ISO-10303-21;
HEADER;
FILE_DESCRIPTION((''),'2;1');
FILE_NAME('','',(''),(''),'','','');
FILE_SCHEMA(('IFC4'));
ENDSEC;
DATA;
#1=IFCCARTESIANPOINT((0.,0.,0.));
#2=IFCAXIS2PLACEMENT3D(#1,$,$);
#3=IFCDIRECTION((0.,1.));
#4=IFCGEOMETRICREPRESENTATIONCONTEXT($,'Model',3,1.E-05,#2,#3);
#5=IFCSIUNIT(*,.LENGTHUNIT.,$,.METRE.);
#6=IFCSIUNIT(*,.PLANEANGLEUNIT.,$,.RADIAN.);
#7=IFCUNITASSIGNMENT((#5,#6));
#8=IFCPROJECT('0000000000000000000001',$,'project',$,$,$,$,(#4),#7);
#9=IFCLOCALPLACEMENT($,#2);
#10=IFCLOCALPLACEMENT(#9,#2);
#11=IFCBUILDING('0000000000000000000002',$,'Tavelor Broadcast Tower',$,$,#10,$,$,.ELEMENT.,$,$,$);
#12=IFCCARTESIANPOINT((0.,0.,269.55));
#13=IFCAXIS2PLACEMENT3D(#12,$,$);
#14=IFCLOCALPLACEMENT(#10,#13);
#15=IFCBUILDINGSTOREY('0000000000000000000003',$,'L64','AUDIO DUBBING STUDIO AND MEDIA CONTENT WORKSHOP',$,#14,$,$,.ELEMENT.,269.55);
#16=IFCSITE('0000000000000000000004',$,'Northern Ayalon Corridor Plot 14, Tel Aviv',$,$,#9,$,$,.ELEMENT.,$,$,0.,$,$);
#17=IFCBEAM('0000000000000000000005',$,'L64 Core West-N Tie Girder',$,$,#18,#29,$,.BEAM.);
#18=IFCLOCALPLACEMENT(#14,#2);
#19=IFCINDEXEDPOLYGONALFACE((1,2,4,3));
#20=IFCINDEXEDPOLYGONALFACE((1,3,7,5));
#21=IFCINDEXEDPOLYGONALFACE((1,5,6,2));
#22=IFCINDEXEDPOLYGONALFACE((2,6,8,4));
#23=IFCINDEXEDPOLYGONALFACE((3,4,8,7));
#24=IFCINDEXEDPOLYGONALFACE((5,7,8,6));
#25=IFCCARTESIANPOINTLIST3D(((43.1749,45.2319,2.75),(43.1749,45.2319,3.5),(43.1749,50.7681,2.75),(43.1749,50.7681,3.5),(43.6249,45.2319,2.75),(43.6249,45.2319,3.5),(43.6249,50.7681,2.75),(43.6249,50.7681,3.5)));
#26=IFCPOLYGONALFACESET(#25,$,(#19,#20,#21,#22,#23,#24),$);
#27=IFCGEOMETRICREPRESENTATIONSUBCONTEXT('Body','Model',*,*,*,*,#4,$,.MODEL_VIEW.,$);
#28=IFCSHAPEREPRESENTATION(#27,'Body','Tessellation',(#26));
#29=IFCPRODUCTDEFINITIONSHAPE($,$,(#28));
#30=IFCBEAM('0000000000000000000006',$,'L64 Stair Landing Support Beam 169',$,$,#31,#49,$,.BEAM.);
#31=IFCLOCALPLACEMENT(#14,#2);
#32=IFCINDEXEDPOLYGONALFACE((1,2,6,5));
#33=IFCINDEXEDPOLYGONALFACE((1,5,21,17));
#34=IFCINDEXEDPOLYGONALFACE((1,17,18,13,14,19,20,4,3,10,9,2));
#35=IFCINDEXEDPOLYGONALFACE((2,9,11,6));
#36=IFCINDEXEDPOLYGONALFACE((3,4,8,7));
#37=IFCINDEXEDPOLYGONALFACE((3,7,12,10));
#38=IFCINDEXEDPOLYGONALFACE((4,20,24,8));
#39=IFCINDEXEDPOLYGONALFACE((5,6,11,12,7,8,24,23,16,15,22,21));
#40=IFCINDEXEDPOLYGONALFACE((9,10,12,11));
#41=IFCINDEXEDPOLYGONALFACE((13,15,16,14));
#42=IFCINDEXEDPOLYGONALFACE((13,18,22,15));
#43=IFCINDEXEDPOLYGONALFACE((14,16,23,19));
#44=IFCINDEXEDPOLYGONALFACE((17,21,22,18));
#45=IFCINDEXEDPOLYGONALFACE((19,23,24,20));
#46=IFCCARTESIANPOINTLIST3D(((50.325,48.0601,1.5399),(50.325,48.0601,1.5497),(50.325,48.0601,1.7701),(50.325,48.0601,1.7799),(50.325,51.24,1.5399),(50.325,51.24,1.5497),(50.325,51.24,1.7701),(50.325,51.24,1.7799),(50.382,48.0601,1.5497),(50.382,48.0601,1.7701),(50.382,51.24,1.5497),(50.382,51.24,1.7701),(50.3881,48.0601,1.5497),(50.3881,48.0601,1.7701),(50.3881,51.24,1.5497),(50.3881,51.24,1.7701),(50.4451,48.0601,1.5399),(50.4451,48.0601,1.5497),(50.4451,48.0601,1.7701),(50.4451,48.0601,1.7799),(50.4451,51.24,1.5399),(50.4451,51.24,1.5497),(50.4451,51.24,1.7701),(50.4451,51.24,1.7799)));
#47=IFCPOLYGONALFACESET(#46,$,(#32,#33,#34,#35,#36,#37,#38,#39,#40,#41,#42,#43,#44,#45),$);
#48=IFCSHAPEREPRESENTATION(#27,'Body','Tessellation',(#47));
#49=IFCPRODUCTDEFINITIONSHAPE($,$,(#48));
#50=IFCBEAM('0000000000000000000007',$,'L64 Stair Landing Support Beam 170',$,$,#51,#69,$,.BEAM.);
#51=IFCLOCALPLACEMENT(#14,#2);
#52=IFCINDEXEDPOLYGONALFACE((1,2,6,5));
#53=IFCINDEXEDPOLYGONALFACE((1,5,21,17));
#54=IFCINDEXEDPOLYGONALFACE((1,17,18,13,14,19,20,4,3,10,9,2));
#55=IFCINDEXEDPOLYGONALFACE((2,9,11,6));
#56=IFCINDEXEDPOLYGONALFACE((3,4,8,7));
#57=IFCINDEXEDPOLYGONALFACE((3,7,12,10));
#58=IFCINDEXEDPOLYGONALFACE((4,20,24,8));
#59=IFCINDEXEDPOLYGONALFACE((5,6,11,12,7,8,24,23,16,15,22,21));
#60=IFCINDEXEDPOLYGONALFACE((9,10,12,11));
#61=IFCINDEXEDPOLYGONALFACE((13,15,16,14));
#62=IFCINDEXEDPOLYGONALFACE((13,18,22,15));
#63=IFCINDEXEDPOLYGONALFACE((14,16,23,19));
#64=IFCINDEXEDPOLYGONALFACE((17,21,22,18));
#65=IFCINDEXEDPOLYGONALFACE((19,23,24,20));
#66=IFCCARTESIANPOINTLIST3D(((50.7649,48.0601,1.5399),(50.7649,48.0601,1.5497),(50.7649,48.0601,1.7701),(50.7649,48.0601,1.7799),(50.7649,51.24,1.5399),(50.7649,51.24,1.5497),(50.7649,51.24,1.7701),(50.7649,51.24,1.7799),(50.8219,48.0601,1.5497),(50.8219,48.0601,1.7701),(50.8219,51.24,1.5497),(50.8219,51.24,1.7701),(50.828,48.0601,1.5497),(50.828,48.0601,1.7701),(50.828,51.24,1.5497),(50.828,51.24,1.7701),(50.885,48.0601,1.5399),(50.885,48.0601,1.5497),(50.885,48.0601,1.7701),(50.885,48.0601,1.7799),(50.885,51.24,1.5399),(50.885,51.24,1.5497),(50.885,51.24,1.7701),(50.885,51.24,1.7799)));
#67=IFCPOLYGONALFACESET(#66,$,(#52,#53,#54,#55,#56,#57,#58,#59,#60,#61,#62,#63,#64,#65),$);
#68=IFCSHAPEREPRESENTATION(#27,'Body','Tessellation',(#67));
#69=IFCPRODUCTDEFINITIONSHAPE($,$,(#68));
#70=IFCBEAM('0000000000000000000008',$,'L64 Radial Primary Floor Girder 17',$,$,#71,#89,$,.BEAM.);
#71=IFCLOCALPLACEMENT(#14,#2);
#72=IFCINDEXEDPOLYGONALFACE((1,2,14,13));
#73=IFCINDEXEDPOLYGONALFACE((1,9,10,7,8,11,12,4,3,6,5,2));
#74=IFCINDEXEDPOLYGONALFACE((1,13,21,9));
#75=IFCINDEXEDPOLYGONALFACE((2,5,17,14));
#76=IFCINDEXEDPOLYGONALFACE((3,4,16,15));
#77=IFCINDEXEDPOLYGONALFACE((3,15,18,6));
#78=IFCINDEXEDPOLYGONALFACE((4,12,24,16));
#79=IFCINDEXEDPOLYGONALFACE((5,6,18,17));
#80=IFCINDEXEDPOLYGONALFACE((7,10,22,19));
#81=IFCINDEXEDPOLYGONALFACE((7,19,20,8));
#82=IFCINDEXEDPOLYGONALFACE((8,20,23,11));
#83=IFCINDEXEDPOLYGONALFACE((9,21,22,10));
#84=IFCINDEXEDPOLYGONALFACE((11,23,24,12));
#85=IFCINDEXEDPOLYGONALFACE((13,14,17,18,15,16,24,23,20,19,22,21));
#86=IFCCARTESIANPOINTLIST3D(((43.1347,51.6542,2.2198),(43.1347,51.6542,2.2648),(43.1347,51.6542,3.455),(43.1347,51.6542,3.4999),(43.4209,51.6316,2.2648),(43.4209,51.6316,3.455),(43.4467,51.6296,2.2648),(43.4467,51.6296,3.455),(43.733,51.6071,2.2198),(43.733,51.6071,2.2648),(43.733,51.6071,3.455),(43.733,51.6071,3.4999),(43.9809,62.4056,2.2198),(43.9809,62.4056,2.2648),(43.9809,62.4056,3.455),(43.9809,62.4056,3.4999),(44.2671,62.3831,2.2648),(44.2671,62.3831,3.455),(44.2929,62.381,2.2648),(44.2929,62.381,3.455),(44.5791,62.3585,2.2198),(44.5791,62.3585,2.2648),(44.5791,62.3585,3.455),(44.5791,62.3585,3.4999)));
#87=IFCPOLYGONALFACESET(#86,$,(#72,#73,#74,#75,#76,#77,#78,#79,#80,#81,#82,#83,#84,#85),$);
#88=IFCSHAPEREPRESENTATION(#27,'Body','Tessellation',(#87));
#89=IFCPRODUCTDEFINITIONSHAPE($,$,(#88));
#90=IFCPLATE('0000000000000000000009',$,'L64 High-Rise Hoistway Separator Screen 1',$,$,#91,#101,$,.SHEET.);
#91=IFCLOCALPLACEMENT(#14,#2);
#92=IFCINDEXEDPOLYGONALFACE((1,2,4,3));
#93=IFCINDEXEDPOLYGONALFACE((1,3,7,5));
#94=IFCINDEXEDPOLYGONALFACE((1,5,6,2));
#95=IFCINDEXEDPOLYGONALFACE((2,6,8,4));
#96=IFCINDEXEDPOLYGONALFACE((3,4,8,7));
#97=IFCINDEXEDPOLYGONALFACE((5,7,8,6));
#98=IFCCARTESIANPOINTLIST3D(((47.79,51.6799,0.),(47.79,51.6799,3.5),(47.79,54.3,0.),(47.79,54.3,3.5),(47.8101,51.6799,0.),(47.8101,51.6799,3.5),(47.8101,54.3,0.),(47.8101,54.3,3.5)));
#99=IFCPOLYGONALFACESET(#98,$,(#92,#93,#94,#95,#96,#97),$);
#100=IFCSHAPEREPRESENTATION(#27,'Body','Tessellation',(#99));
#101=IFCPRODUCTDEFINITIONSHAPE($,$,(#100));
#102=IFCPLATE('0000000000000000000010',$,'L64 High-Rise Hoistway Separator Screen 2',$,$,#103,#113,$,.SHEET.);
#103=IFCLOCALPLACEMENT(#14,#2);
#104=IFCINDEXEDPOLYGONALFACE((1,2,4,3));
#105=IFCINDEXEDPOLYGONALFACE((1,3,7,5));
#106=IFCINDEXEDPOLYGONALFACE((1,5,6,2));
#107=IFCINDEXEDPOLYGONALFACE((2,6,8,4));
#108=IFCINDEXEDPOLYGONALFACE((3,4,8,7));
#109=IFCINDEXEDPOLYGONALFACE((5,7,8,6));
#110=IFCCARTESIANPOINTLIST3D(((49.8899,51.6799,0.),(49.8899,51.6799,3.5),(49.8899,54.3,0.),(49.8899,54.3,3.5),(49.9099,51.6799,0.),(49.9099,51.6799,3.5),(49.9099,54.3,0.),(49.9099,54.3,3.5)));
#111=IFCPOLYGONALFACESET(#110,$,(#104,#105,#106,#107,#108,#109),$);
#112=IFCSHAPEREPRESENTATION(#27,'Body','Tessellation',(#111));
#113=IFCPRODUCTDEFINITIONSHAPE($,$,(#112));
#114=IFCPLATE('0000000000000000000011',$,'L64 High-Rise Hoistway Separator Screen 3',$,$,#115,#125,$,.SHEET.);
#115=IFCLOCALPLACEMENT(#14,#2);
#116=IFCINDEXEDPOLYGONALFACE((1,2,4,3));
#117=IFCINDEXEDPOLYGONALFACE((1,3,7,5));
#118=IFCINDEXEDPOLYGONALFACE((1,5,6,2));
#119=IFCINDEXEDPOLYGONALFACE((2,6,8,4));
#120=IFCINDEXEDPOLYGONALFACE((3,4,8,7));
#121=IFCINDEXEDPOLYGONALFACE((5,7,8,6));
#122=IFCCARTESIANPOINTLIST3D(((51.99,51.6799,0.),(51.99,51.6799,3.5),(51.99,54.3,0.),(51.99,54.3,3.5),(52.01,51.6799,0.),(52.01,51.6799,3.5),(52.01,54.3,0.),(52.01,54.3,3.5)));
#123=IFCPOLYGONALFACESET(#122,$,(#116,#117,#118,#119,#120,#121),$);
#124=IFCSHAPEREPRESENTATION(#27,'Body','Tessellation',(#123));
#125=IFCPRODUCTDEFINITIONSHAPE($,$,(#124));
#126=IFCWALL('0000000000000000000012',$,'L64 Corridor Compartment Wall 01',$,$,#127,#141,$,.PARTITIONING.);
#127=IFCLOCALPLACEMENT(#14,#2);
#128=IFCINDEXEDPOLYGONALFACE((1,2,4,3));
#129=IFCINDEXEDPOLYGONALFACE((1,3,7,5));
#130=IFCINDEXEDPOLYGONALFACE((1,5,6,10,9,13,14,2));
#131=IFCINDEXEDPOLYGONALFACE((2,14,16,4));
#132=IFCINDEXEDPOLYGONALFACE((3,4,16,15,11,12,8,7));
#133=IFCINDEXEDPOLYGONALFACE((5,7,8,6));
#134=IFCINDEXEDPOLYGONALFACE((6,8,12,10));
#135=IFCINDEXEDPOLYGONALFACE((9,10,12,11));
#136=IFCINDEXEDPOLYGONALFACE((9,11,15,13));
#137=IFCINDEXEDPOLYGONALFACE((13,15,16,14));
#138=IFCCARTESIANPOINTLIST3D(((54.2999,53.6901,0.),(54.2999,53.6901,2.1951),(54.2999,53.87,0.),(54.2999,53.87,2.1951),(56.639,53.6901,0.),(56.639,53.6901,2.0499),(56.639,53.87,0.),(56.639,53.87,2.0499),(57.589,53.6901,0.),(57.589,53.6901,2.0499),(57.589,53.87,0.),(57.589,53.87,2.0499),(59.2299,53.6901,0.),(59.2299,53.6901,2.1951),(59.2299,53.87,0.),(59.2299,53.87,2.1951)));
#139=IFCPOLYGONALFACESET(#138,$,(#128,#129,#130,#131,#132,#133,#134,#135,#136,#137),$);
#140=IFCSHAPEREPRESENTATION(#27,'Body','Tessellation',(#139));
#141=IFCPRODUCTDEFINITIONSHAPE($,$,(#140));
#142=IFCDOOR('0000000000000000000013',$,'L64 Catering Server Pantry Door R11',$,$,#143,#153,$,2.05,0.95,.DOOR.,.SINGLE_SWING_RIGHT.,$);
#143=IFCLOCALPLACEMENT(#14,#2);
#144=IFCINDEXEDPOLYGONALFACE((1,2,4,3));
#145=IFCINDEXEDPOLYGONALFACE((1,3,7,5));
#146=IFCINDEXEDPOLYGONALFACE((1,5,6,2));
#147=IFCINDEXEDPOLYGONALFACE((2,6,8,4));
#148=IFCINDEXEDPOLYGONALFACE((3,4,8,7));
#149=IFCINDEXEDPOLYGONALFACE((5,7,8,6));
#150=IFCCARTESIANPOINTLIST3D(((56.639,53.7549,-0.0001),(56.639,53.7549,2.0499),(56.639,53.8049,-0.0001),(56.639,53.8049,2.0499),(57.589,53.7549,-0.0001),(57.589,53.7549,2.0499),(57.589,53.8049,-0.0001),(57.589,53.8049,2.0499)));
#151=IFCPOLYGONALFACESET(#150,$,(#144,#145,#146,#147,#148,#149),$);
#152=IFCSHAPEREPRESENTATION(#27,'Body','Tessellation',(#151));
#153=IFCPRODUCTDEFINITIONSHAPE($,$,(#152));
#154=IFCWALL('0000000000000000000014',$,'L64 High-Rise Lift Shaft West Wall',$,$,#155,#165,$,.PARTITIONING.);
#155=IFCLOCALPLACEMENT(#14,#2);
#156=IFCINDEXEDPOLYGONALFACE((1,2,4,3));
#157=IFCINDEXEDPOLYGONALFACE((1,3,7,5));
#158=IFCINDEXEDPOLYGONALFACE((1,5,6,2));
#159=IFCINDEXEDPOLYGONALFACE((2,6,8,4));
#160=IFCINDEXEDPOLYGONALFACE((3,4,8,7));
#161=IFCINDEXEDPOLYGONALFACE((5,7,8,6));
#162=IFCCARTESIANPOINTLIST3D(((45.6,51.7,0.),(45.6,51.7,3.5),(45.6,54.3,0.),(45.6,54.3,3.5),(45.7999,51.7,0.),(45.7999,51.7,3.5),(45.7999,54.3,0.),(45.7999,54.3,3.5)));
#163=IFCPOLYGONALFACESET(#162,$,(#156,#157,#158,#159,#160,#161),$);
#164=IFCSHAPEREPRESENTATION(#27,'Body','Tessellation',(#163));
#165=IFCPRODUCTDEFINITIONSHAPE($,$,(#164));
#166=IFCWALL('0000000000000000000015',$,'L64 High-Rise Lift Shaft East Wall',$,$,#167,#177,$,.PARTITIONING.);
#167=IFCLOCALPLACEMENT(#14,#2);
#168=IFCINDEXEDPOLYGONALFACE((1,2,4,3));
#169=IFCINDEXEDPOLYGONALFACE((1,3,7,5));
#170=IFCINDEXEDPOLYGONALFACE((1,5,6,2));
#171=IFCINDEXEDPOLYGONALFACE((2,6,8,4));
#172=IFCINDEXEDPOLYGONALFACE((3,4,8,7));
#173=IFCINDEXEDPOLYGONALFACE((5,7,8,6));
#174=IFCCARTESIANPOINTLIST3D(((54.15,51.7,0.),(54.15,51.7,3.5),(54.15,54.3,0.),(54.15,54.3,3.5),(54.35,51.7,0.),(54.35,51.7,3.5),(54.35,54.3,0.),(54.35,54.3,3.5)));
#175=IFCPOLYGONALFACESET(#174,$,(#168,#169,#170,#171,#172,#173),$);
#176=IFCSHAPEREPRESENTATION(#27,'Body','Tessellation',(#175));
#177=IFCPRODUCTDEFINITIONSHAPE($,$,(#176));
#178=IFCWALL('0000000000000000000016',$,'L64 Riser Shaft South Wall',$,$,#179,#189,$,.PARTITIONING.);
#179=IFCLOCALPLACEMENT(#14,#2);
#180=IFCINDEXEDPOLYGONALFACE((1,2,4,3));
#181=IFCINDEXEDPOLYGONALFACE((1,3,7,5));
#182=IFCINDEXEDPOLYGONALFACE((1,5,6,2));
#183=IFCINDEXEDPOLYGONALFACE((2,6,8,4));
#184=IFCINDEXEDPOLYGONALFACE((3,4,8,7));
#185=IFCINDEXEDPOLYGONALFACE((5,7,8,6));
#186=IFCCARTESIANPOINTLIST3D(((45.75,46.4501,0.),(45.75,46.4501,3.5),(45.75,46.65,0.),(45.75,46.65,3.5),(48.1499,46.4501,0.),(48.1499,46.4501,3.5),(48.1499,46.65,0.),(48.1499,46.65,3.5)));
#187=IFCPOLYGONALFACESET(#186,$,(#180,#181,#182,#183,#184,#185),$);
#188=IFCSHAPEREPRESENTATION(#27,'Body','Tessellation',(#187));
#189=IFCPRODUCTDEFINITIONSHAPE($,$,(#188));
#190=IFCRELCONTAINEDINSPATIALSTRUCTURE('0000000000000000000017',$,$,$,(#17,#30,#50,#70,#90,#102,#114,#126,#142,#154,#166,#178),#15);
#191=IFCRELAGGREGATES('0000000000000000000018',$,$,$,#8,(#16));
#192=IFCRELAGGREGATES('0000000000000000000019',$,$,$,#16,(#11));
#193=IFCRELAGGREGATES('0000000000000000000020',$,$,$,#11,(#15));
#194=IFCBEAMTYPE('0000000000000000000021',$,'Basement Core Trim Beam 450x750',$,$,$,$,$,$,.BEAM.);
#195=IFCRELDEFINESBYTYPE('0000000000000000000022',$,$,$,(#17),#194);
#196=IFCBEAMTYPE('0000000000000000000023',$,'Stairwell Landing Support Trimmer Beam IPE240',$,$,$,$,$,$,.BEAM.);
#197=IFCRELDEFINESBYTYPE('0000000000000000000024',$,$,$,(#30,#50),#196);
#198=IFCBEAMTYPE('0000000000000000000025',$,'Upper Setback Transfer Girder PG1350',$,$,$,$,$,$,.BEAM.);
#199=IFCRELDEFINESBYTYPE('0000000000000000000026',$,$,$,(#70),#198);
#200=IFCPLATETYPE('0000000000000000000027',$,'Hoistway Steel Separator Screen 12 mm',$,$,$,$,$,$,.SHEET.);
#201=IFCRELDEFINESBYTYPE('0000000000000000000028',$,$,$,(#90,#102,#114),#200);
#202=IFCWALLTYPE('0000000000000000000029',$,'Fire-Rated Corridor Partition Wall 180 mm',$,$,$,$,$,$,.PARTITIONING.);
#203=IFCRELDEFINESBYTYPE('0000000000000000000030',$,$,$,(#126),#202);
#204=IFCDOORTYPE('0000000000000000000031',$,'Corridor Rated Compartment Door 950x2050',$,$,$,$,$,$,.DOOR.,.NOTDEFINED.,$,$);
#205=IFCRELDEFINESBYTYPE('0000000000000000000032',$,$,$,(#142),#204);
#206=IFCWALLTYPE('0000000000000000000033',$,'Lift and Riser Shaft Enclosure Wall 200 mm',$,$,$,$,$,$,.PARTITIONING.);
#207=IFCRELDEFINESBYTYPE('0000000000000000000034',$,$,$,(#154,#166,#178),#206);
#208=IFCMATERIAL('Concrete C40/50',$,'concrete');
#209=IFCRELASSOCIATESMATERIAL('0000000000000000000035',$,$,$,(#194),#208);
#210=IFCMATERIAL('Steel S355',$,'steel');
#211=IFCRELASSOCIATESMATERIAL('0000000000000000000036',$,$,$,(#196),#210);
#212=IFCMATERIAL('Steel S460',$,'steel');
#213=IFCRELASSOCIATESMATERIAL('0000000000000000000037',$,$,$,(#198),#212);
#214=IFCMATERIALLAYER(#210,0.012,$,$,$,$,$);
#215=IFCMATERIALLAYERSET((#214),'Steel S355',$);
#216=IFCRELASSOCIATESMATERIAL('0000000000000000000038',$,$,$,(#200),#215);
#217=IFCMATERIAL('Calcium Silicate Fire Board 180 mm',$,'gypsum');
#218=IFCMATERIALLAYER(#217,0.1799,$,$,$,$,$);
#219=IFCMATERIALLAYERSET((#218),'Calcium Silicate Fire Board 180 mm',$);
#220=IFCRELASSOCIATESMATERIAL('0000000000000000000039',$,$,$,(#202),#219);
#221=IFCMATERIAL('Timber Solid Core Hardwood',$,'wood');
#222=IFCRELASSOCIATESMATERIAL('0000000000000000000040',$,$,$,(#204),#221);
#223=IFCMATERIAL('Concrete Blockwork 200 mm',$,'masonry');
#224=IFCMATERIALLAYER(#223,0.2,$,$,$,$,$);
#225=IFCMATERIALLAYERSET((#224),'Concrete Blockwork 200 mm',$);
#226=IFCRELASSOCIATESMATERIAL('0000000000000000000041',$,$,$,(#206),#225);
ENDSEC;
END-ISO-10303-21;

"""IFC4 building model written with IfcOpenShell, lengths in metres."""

from ifc_helpers import new_model, si_unit, direction, frame, frame_2d, origin, origin_2d, place, context, subcontext, project, spatial, rectangle, i_section, extrude, source, transform, mapped, material, layer, layer_set, material_profile, profile_set, type_object, type_shapes, element, fill, save


model = new_model("IFC4")

# Units and contexts
model_context = context("Model", 3, precision=1e-05, world=origin(), true_north=direction((0.0, 1.0)))
body_context = subcontext(model_context, "Body", "Model", "MODEL_VIEW")
ifc_project = project(units=[si_unit("LENGTHUNIT", "METRE"), si_unit("PLANEANGLEUNIT", "RADIAN")], contexts=[model_context])

# Site, building, storey
site_placement = place(None, origin())
site = spatial("IfcSite", under=ifc_project, at=site_placement, Name="Northern Ayalon Corridor Plot 14, Tel Aviv", CompositionType="ELEMENT", RefElevation=0.0)
building_placement = place(site_placement, origin())
building = spatial("IfcBuilding", under=site, at=building_placement, Name="Tavelor Broadcast Tower", CompositionType="ELEMENT")
storey_placement = place(building_placement, frame((0.0, 0.0, 269.55)))
storey = spatial("IfcBuildingStorey", under=building, at=storey_placement, Name="L64", Description="AUDIO DUBBING STUDIO AND MEDIA CONTENT WORKSHOP", CompositionType="ELEMENT", Elevation=269.55)

# Beams
ifc_material_1 = material(Name="Concrete C40/50", Category="concrete")
ifc_material_profile_1 = material_profile(ifc_material_1, rectangle(XDim=0.45, YDim=0.75, at=origin_2d()), Name="RC 450x750")
ifc_profile_set_1 = profile_set([ifc_material_profile_1], Name="Concrete C40/50")
beam_type_1 = type_object("IfcBeamType", Name="Basement Core Trim Beam 450x750", PredefinedType="BEAM", material=ifc_profile_set_1)
beam_1_placement = place(storey_placement, frame((43.3999, 45.2319, 3.125), z_axis=(0.0, 1.0, 0.0), x_axis=(-1.0, 0.0, 0.0)))
element("IfcBeam", 1, at=beam_1_placement, inside=storey, type_object=beam_type_1, Name="L64 Core West-N Tie Girder", PredefinedType="BEAM", context=body_context, shape_type="SweptSolid", body=[
    extrude(rectangle(XDim=0.45, YDim=0.75, at=origin_2d()), origin(), (0.0, 0.0, 1.0), 5.5361),
])
ifc_material_2 = material(Name="Steel S355", Category="steel")
ifc_material_profile_2 = material_profile(ifc_material_2, i_section(OverallWidth=0.1201, OverallDepth=0.24, WebThickness=0.0061, FlangeThickness=0.0098, at=origin_2d()), Name="IPE 240")
ifc_profile_set_2 = profile_set([ifc_material_profile_2], Name="Steel S355")
beam_type_2 = type_object("IfcBeamType", Name="Stairwell Landing Support Trimmer Beam IPE240", PredefinedType="BEAM", material=ifc_profile_set_2)
for number, where, z_axis, x_axis, name in (
    (2, (50.385, 48.0601, 1.6599), (0.0, 1.0, 0.0), (-1.0, 0.0, 0.0), "L64 Stair Landing Support Beam 169"),
    (3, (50.825, 48.0601, 1.6599), (0.0, 1.0, 0.0), (-1.0, 0.0, 0.0), "L64 Stair Landing Support Beam 170"),
):
    element("IfcBeam", number, at=place(storey_placement, frame(where, z_axis=z_axis, x_axis=x_axis)), inside=storey, type_object=beam_type_2, Name=name, PredefinedType="BEAM", context=body_context, shape_type="SweptSolid", body=[
        extrude(i_section(OverallWidth=0.1201, OverallDepth=0.24, WebThickness=0.0061, FlangeThickness=0.0098, at=origin_2d()), origin(), (0.0, 0.0, 1.0), 3.1799),
    ])
ifc_material_3 = material(Name="Steel S460", Category="steel")
ifc_material_profile_3 = material_profile(ifc_material_3, i_section(OverallWidth=0.6001, OverallDepth=1.28, WebThickness=0.0259, FlangeThickness=0.0449, at=origin_2d()), Name="PG 1280x600")
ifc_profile_set_3 = profile_set([ifc_material_profile_3], Name="Steel S460")
beam_type_3 = type_object("IfcBeamType", Name="Upper Setback Transfer Girder PG1350", PredefinedType="BEAM", material=ifc_profile_set_3)
beam_2_placement = place(storey_placement, frame((43.4338, 51.6306, 2.8599), z_axis=(0.078462, 0.996917, 0.0), x_axis=(-0.996917, 0.078462, 0.0)))
element("IfcBeam", 4, at=beam_2_placement, inside=storey, type_object=beam_type_3, Name="L64 Radial Primary Floor Girder 17", PredefinedType="BEAM", context=body_context, shape_type="SweptSolid", body=[
    extrude(i_section(OverallWidth=0.6001, OverallDepth=1.28, WebThickness=0.0259, FlangeThickness=0.0449, at=origin_2d()), origin(), (0.0, 0.0, 1.0), 10.7847),
])

# Plates
ifc_layer_1 = layer(ifc_material_2, 0.012)
ifc_layer_set_1 = layer_set([ifc_layer_1], Name="Steel S355")
plate_type = type_object("IfcPlateType", Name="Hoistway Steel Separator Screen 12 mm", PredefinedType="SHEET", material=ifc_layer_set_1)
shared_shape = source(origin(), body_context, "Body", "SweptSolid", [
    extrude(rectangle(XDim=0.02, YDim=2.6201, at=origin_2d()), origin(), (0.0, 0.0, 1.0), 3.5),
])
type_shapes(plate_type, [shared_shape])
for number, where, z_axis, x_axis, name in (
    (5, (47.8, 52.99, 0.0), (0.0, 0.0, 1.0), (1.0, 0.0, 0.0), "L64 High-Rise Hoistway Separator Screen 1"),
    (6, (49.8999, 52.99, 0.0), (0.0, 0.0, 1.0), (1.0, 0.0, 0.0), "L64 High-Rise Hoistway Separator Screen 2"),
    (7, (52.0, 52.99, 0.0), (0.0, 0.0, 1.0), (1.0, 0.0, 0.0), "L64 High-Rise Hoistway Separator Screen 3"),
):
    element("IfcPlate", number, at=place(storey_placement, frame(where, z_axis=z_axis, x_axis=x_axis)), inside=storey, type_object=plate_type, Name=name, PredefinedType="SHEET", context=body_context, shape_type="MappedRepresentation", body=[
        mapped(shared_shape, transform((0.0, 0.0, 0.0), scale=1.0)),
    ])

# Wall, opening, door
ifc_material_4 = material(Name="Calcium Silicate Fire Board 180 mm", Category="gypsum")
ifc_layer_2 = layer(ifc_material_4, 0.1799)
ifc_layer_set_2 = layer_set([ifc_layer_2], Name="Calcium Silicate Fire Board 180 mm")
wall_type_1 = type_object("IfcWallType", Name="Fire-Rated Corridor Partition Wall 180 mm", PredefinedType="PARTITIONING", material=ifc_layer_set_2)
wall_1_placement = place(storey_placement, frame((54.3, 53.78, 0.0), z_axis=(0.0, 0.0, 1.0), x_axis=(1.0, 0.0, 0.0)))
wall_1 = element("IfcWall", 8, at=wall_1_placement, inside=storey, type_object=wall_type_1, Name="L64 Corridor Compartment Wall 01", PredefinedType="PARTITIONING", context=body_context, shape_type="SweptSolid", body=[
    extrude(rectangle(XDim=4.9299, YDim=0.1799, at=frame_2d((2.4648, 0.0))), origin(), (0.0, 0.0, 1.0), 2.1951),
])
opening_placement = place(wall_1_placement, frame((2.3389, 0.0, 0.0)))
opening = element("IfcOpeningElement", 9, at=opening_placement, cuts=wall_1, PredefinedType="OPENING", context=body_context, shape_type="SweptSolid", body=[
    extrude(rectangle(XDim=0.95, YDim=2.05, at=frame_2d((0.4751, 1.0249))), frame((0.0, 0.1001, 0.0), z_axis=(0.0, -1.0, 0.0), x_axis=(1.0, 0.0, 0.0)), (0.0, 0.0, 1.0), 0.2),
])
ifc_material_5 = material(Name="Timber Solid Core Hardwood", Category="wood")
door_type = type_object("IfcDoorType", Name="Corridor Rated Compartment Door 950x2050", OperationType="NOTDEFINED", PredefinedType="DOOR", material=ifc_material_5)
door_placement = place(opening_placement, origin())
door = element("IfcDoor", 10, at=door_placement, inside=storey, type_object=door_type, Name="L64 Catering Server Pantry Door R11", OperationType="SINGLE_SWING_RIGHT", OverallHeight=2.05, OverallWidth=0.95, PredefinedType="DOOR", context=body_context, shape_type="SweptSolid", body=[
    extrude(rectangle(XDim=0.95, YDim=2.05, at=frame_2d((0.4751, 1.0249))), frame((0.0, 0.0249, 0.0), z_axis=(0.0, -1.0, 0.0), x_axis=(1.0, 0.0, 0.0)), (0.0, 0.0, 1.0), 0.05),
])
fill(opening, door)

# Walls
ifc_material_6 = material(Name="Concrete Blockwork 200 mm", Category="masonry")
ifc_layer_3 = layer(ifc_material_6, 0.2)
ifc_layer_set_3 = layer_set([ifc_layer_3], Name="Concrete Blockwork 200 mm")
wall_type_2 = type_object("IfcWallType", Name="Lift and Riser Shaft Enclosure Wall 200 mm", PredefinedType="PARTITIONING", material=ifc_layer_set_3)
for number, where, z_axis, x_axis, name in (
    (11, (45.7, 51.7, 0.0), (0.0, 0.0, 1.0), (0.0, 1.0, 0.0), "L64 High-Rise Lift Shaft West Wall"),
    (12, (54.25, 51.7, 0.0), (0.0, 0.0, 1.0), (0.0, 1.0, 0.0), "L64 High-Rise Lift Shaft East Wall"),
):
    element("IfcWall", number, at=place(storey_placement, frame(where, z_axis=z_axis, x_axis=x_axis)), inside=storey, type_object=wall_type_2, Name=name, PredefinedType="PARTITIONING", context=body_context, shape_type="SweptSolid", body=[
        extrude(rectangle(XDim=2.6001, YDim=0.2, at=frame_2d((1.3, 0.0))), origin(), (0.0, 0.0, 1.0), 3.5),
    ])
wall_2_placement = place(storey_placement, frame((45.75, 46.55, 0.0), z_axis=(0.0, 0.0, 1.0), x_axis=(1.0, 0.0, 0.0)))
element("IfcWall", 13, at=wall_2_placement, inside=storey, type_object=wall_type_2, Name="L64 Riser Shaft South Wall", PredefinedType="PARTITIONING", context=body_context, shape_type="SweptSolid", body=[
    extrude(rectangle(XDim=2.3999, YDim=0.2, at=frame_2d((1.2, 0.0))), origin(), (0.0, 0.0, 1.0), 3.5),
])

save(model, "model.ifc")
